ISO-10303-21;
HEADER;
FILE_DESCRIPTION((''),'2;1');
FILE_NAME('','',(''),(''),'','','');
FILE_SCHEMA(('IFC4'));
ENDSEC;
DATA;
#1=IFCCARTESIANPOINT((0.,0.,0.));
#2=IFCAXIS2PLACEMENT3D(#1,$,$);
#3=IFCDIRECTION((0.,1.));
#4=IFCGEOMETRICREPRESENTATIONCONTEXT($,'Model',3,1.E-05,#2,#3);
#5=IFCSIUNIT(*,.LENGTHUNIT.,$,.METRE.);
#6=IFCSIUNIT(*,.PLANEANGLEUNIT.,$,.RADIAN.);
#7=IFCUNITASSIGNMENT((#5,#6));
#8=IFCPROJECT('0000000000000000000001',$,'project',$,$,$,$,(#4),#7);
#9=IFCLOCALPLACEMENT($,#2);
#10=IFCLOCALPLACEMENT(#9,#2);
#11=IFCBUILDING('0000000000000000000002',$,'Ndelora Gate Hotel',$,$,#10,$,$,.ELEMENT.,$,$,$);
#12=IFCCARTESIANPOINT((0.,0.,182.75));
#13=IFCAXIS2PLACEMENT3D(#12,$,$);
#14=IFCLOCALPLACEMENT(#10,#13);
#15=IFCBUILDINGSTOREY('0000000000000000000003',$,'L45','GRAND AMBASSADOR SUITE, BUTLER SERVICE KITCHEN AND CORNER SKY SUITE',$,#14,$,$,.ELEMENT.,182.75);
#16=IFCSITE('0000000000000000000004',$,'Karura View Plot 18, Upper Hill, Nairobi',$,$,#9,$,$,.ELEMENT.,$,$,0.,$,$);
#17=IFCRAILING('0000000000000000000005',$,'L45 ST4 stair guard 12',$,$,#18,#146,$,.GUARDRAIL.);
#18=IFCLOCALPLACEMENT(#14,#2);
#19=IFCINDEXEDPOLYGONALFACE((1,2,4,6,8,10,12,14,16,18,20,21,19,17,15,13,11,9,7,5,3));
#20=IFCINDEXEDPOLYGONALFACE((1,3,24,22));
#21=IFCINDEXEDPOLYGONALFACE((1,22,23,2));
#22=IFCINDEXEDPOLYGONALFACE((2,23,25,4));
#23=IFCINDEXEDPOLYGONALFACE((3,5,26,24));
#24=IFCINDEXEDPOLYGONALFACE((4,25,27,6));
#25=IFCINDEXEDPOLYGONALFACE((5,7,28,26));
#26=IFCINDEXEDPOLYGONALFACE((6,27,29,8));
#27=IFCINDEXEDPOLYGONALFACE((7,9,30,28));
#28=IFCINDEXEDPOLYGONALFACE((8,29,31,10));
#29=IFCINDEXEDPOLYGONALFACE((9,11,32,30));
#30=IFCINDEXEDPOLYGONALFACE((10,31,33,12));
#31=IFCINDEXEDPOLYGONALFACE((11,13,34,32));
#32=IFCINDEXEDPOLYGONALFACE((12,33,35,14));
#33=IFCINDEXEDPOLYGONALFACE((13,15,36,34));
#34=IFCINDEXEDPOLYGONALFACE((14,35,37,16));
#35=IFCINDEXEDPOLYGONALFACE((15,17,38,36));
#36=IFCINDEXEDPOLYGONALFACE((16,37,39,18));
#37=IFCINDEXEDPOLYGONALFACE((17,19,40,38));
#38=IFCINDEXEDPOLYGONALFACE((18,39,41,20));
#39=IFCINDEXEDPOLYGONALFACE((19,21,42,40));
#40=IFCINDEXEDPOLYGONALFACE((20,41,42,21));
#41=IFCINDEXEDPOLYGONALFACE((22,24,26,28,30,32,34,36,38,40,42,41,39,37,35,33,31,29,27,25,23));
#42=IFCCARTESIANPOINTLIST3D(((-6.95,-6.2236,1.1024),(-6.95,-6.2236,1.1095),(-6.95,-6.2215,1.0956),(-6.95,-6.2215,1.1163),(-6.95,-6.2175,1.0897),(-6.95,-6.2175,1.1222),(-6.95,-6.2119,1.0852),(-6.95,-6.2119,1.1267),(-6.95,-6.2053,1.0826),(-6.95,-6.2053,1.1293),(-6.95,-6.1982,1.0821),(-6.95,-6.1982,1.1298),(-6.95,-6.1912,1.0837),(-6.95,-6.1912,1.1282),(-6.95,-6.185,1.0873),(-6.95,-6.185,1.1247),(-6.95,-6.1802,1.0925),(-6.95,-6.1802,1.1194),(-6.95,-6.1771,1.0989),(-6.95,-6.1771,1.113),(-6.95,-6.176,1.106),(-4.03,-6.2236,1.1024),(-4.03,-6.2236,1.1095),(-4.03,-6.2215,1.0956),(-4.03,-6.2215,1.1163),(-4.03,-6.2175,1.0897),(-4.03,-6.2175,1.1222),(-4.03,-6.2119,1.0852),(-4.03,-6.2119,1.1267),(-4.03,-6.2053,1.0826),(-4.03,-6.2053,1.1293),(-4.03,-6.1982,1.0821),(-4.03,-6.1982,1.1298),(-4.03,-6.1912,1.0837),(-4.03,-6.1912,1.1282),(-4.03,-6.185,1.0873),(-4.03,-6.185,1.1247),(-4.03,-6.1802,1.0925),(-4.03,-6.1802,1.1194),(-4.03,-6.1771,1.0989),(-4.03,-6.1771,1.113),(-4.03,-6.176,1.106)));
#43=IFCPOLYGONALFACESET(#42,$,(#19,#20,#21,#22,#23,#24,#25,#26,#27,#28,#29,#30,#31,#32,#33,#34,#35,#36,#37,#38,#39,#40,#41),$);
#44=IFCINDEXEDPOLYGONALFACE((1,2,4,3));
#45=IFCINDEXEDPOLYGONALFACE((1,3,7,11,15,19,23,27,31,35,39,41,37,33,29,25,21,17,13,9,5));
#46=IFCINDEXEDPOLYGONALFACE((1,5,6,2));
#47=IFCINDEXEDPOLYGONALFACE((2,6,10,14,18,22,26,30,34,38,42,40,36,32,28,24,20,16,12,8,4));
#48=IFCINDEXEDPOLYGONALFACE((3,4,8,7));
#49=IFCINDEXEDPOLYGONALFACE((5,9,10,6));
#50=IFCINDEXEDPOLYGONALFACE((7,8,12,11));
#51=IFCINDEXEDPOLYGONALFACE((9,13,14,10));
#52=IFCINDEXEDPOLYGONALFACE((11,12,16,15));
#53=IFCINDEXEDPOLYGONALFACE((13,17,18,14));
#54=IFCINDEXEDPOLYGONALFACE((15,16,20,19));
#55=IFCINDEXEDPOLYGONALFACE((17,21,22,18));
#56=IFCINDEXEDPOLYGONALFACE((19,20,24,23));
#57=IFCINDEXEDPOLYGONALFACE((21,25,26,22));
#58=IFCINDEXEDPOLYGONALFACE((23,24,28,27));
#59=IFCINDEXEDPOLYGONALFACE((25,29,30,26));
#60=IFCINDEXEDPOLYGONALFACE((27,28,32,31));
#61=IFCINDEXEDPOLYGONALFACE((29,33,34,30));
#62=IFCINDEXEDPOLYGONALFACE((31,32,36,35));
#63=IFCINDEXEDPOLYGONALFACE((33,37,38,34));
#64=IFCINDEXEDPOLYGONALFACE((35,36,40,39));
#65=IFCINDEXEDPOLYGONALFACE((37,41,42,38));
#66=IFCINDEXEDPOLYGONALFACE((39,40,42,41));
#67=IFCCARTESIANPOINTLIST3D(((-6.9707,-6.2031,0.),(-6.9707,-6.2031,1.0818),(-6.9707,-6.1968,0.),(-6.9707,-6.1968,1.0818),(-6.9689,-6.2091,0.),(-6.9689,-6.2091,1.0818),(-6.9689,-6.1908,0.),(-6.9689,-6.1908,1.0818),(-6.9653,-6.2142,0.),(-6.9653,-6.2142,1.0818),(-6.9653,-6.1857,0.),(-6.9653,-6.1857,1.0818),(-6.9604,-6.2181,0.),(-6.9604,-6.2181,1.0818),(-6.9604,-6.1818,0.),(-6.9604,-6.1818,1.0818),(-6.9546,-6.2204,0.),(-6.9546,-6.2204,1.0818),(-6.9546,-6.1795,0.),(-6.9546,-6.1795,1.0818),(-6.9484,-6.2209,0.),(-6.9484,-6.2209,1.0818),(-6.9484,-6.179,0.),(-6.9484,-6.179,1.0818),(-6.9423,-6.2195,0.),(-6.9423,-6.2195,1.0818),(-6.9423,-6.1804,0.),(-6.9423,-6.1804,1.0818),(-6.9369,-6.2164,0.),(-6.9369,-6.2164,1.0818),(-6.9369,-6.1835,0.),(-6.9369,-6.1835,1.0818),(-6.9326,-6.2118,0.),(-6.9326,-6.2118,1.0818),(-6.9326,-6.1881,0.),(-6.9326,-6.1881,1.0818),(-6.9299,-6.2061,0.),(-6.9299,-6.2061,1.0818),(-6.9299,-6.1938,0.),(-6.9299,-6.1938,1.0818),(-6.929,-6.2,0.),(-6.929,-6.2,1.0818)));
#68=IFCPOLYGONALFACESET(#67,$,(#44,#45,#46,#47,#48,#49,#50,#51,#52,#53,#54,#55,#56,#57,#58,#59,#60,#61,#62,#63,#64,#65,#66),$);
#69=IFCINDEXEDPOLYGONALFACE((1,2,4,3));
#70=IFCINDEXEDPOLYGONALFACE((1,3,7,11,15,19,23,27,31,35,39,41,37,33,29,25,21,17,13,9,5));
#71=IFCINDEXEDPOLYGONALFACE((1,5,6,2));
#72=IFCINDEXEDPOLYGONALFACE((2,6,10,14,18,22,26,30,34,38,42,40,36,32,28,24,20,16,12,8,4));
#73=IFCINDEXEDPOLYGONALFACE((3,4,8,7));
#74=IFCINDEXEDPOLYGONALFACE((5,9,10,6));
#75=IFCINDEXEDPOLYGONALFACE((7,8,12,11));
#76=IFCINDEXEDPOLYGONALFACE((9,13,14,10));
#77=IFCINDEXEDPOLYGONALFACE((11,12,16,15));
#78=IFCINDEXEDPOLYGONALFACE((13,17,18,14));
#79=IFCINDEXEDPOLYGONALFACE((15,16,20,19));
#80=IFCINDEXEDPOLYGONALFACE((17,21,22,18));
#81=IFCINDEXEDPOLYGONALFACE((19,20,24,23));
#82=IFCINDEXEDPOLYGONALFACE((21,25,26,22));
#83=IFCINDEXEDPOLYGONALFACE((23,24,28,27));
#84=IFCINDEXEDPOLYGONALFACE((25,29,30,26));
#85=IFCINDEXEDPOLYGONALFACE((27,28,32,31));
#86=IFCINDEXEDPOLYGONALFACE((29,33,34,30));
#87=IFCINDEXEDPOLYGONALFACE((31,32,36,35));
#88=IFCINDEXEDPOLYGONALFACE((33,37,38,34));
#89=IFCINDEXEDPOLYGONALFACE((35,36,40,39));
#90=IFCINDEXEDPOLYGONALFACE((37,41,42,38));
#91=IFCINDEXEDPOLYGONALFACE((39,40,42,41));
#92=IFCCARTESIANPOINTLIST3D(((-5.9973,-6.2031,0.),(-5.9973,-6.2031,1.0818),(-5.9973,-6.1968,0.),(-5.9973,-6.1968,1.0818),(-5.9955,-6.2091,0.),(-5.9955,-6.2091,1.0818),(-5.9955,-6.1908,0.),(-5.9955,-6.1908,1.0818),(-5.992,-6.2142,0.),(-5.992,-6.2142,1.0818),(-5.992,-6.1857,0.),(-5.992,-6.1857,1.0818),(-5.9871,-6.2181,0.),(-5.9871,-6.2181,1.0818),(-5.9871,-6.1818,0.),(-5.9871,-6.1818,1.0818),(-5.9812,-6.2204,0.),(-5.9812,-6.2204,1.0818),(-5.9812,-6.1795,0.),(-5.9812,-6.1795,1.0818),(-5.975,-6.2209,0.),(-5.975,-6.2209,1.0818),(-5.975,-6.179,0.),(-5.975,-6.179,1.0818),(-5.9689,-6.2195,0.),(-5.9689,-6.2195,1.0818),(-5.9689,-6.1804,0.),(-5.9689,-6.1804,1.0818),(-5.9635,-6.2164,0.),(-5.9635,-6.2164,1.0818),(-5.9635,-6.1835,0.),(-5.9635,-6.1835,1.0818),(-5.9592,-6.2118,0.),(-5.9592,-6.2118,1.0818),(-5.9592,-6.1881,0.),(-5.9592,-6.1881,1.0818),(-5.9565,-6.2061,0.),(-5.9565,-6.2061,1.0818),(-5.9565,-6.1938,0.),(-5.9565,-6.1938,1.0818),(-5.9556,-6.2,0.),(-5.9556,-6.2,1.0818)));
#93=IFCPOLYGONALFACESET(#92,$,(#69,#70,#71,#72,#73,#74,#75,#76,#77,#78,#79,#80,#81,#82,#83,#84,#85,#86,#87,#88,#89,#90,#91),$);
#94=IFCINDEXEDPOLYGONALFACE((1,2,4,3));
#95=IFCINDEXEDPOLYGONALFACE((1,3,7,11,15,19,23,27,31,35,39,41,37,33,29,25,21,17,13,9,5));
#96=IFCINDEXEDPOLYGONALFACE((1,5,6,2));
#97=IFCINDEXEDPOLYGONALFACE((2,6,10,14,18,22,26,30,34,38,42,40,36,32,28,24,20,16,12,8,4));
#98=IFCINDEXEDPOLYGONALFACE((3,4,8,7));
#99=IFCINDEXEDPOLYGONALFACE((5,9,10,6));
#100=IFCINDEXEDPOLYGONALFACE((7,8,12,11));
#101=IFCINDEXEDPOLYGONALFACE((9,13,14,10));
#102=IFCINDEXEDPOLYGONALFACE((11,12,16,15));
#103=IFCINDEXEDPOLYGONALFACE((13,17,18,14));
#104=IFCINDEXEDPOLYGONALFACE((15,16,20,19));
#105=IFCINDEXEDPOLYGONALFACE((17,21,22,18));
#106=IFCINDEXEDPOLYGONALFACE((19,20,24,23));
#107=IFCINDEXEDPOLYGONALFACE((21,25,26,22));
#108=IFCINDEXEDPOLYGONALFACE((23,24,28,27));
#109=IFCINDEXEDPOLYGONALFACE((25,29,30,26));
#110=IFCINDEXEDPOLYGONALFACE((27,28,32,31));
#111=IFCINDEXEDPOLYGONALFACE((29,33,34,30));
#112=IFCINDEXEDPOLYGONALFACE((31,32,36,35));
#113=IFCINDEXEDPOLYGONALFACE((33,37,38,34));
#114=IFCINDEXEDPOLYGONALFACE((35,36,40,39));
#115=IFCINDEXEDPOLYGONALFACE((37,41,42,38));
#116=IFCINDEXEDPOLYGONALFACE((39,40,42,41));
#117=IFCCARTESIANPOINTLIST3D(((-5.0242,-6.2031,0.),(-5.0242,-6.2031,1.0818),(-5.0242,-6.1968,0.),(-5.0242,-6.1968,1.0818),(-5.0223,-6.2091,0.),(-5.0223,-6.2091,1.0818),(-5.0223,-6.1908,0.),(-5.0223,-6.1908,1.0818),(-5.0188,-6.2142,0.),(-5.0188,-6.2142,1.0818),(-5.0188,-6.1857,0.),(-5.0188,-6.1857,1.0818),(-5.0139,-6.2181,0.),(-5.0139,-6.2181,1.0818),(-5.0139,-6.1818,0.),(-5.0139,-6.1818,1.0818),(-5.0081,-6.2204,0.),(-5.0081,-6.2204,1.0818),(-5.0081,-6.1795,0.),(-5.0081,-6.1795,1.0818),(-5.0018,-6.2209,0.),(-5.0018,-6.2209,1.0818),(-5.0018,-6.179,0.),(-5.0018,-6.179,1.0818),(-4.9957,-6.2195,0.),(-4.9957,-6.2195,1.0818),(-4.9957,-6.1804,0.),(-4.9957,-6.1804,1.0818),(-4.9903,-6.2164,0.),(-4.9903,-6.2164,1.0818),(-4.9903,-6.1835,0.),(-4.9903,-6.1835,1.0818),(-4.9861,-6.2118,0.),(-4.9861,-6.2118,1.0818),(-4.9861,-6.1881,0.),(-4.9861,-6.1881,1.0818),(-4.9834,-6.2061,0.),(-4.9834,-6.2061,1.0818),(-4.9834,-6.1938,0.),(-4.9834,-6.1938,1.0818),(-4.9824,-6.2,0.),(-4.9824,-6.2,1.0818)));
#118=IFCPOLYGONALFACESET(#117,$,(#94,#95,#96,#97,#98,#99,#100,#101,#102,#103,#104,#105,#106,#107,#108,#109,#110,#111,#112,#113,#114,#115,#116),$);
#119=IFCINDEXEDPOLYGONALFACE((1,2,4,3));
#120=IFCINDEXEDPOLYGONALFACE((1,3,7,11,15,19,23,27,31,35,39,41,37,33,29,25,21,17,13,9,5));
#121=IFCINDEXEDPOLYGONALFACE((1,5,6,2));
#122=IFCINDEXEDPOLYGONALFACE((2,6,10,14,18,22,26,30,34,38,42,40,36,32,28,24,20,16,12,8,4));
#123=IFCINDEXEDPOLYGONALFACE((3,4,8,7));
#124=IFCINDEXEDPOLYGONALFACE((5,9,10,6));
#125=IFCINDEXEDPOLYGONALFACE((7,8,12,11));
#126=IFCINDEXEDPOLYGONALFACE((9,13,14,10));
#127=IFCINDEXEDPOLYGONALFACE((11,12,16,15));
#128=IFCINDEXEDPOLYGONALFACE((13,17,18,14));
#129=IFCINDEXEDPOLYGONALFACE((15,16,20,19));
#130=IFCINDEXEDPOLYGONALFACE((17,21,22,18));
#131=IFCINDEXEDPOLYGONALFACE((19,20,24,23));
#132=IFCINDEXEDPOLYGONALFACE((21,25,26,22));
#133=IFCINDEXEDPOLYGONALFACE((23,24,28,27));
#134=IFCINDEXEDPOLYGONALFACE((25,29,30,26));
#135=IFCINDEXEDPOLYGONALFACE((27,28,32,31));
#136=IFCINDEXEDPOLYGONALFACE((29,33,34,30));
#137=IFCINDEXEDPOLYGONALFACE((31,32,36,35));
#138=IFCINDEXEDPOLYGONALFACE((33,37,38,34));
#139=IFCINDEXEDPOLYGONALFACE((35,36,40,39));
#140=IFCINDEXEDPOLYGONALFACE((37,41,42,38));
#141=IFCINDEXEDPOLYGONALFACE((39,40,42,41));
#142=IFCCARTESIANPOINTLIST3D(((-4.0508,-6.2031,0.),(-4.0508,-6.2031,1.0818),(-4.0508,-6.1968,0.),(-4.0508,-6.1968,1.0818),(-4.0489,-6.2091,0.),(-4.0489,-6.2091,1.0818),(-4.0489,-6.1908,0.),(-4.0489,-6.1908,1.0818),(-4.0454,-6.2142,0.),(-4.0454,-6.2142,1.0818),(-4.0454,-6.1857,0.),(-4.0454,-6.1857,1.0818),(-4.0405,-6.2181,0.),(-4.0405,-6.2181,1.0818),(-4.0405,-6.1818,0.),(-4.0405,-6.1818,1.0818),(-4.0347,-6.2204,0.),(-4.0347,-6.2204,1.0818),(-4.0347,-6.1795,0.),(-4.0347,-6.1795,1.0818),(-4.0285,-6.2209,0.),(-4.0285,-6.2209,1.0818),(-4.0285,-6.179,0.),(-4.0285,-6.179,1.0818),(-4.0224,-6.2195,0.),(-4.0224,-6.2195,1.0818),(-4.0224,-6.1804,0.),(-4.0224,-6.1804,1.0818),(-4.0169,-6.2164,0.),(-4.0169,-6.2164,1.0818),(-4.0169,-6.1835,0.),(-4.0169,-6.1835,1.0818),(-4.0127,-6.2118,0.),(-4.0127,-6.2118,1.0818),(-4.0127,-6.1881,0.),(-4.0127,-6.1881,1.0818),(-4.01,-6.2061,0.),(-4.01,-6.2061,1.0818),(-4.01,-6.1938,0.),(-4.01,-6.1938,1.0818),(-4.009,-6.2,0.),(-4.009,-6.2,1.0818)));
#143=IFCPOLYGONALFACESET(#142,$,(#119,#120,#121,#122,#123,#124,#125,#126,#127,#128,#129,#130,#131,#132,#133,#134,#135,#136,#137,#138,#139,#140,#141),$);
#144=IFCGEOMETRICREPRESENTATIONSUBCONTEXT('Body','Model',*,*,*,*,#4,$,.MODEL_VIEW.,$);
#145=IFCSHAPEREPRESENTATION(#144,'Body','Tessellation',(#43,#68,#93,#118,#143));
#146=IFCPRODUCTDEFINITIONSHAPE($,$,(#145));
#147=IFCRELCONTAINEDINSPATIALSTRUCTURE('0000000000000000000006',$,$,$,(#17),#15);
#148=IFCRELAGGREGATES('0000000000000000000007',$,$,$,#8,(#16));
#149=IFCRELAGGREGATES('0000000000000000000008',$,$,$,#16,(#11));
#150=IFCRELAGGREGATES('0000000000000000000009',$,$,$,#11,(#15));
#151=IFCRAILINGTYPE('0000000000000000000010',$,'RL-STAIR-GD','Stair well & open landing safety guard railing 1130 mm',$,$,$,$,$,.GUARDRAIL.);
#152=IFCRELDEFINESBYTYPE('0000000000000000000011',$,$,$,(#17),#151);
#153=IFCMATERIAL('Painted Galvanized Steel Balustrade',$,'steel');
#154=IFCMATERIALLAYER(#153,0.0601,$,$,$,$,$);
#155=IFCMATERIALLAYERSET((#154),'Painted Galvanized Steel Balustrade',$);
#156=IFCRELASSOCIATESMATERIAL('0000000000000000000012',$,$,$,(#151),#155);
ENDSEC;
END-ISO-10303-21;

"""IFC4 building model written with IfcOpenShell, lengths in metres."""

from ifc_helpers import new_model, si_unit, direction, frame, origin, origin_2d, place, context, subcontext, project, spatial, circle, extrude, material, layer, layer_set, type_object, element, save


model = new_model("IFC4")

# Units and contexts
model_context = context("Model", 3, precision=1e-05, world=origin(), true_north=direction((0.0, 1.0)))
body_context = subcontext(model_context, "Body", "Model", "MODEL_VIEW")
ifc_project = project(units=[si_unit("LENGTHUNIT", "METRE"), si_unit("PLANEANGLEUNIT", "RADIAN")], contexts=[model_context])

# Site, building, storey
site_placement = place(None, origin())
site = spatial("IfcSite", under=ifc_project, at=site_placement, Name="Karura View Plot 18, Upper Hill, Nairobi", CompositionType="ELEMENT", RefElevation=0.0)
building_placement = place(site_placement, origin())
building = spatial("IfcBuilding", under=site, at=building_placement, Name="Ndelora Gate Hotel", CompositionType="ELEMENT")
storey_placement = place(building_placement, frame((0.0, 0.0, 182.75)))
storey = spatial("IfcBuildingStorey", under=building, at=storey_placement, Name="L45", Description="GRAND AMBASSADOR SUITE, BUTLER SERVICE KITCHEN AND CORNER SKY SUITE", CompositionType="ELEMENT", Elevation=182.75)

# Railing
ifc_material_1 = material(Name="Painted Galvanized Steel Balustrade", Category="steel")
ifc_layer_1 = layer(ifc_material_1, 0.0601)
ifc_layer_set_1 = layer_set([ifc_layer_1], Name="Painted Galvanized Steel Balustrade")
railing_type_1 = type_object("IfcRailingType", Name="RL-STAIR-GD", Description="Stair well & open landing safety guard railing 1130 mm", PredefinedType="GUARDRAIL", material=ifc_layer_set_1)
railing_1_placement = place(storey_placement, frame((-6.95, -6.2, 0.0)))
element("IfcRailing", 1, at=railing_1_placement, inside=storey, type_object=railing_type_1, Name="L45 ST4 stair guard 12", PredefinedType="GUARDRAIL", context=body_context, shape_type="SweptSolid", body=[
    extrude(circle(Radius=0.0239, at=origin_2d()), frame((0.0, 0.0, 1.106), z_axis=(1.0, 0.0, 0.0), x_axis=(0.0, 1.0, 0.0)), (0.0, 0.0, 1.0), 2.9199),
    extrude(circle(Radius=0.021, at=origin_2d()), origin(), (0.0, 0.0, 1.0), 1.0818),
    extrude(circle(Radius=0.021, at=origin_2d()), frame((0.9734, 0.0, 0.0)), (0.0, 0.0, 1.0), 1.0818),
    extrude(circle(Radius=0.021, at=origin_2d()), frame((1.9465, 0.0, 0.0)), (0.0, 0.0, 1.0), 1.0818),
    extrude(circle(Radius=0.021, at=origin_2d()), frame((2.9199, 0.0, 0.0)), (0.0, 0.0, 1.0), 1.0818),
])

save(model, "model.ifc")
